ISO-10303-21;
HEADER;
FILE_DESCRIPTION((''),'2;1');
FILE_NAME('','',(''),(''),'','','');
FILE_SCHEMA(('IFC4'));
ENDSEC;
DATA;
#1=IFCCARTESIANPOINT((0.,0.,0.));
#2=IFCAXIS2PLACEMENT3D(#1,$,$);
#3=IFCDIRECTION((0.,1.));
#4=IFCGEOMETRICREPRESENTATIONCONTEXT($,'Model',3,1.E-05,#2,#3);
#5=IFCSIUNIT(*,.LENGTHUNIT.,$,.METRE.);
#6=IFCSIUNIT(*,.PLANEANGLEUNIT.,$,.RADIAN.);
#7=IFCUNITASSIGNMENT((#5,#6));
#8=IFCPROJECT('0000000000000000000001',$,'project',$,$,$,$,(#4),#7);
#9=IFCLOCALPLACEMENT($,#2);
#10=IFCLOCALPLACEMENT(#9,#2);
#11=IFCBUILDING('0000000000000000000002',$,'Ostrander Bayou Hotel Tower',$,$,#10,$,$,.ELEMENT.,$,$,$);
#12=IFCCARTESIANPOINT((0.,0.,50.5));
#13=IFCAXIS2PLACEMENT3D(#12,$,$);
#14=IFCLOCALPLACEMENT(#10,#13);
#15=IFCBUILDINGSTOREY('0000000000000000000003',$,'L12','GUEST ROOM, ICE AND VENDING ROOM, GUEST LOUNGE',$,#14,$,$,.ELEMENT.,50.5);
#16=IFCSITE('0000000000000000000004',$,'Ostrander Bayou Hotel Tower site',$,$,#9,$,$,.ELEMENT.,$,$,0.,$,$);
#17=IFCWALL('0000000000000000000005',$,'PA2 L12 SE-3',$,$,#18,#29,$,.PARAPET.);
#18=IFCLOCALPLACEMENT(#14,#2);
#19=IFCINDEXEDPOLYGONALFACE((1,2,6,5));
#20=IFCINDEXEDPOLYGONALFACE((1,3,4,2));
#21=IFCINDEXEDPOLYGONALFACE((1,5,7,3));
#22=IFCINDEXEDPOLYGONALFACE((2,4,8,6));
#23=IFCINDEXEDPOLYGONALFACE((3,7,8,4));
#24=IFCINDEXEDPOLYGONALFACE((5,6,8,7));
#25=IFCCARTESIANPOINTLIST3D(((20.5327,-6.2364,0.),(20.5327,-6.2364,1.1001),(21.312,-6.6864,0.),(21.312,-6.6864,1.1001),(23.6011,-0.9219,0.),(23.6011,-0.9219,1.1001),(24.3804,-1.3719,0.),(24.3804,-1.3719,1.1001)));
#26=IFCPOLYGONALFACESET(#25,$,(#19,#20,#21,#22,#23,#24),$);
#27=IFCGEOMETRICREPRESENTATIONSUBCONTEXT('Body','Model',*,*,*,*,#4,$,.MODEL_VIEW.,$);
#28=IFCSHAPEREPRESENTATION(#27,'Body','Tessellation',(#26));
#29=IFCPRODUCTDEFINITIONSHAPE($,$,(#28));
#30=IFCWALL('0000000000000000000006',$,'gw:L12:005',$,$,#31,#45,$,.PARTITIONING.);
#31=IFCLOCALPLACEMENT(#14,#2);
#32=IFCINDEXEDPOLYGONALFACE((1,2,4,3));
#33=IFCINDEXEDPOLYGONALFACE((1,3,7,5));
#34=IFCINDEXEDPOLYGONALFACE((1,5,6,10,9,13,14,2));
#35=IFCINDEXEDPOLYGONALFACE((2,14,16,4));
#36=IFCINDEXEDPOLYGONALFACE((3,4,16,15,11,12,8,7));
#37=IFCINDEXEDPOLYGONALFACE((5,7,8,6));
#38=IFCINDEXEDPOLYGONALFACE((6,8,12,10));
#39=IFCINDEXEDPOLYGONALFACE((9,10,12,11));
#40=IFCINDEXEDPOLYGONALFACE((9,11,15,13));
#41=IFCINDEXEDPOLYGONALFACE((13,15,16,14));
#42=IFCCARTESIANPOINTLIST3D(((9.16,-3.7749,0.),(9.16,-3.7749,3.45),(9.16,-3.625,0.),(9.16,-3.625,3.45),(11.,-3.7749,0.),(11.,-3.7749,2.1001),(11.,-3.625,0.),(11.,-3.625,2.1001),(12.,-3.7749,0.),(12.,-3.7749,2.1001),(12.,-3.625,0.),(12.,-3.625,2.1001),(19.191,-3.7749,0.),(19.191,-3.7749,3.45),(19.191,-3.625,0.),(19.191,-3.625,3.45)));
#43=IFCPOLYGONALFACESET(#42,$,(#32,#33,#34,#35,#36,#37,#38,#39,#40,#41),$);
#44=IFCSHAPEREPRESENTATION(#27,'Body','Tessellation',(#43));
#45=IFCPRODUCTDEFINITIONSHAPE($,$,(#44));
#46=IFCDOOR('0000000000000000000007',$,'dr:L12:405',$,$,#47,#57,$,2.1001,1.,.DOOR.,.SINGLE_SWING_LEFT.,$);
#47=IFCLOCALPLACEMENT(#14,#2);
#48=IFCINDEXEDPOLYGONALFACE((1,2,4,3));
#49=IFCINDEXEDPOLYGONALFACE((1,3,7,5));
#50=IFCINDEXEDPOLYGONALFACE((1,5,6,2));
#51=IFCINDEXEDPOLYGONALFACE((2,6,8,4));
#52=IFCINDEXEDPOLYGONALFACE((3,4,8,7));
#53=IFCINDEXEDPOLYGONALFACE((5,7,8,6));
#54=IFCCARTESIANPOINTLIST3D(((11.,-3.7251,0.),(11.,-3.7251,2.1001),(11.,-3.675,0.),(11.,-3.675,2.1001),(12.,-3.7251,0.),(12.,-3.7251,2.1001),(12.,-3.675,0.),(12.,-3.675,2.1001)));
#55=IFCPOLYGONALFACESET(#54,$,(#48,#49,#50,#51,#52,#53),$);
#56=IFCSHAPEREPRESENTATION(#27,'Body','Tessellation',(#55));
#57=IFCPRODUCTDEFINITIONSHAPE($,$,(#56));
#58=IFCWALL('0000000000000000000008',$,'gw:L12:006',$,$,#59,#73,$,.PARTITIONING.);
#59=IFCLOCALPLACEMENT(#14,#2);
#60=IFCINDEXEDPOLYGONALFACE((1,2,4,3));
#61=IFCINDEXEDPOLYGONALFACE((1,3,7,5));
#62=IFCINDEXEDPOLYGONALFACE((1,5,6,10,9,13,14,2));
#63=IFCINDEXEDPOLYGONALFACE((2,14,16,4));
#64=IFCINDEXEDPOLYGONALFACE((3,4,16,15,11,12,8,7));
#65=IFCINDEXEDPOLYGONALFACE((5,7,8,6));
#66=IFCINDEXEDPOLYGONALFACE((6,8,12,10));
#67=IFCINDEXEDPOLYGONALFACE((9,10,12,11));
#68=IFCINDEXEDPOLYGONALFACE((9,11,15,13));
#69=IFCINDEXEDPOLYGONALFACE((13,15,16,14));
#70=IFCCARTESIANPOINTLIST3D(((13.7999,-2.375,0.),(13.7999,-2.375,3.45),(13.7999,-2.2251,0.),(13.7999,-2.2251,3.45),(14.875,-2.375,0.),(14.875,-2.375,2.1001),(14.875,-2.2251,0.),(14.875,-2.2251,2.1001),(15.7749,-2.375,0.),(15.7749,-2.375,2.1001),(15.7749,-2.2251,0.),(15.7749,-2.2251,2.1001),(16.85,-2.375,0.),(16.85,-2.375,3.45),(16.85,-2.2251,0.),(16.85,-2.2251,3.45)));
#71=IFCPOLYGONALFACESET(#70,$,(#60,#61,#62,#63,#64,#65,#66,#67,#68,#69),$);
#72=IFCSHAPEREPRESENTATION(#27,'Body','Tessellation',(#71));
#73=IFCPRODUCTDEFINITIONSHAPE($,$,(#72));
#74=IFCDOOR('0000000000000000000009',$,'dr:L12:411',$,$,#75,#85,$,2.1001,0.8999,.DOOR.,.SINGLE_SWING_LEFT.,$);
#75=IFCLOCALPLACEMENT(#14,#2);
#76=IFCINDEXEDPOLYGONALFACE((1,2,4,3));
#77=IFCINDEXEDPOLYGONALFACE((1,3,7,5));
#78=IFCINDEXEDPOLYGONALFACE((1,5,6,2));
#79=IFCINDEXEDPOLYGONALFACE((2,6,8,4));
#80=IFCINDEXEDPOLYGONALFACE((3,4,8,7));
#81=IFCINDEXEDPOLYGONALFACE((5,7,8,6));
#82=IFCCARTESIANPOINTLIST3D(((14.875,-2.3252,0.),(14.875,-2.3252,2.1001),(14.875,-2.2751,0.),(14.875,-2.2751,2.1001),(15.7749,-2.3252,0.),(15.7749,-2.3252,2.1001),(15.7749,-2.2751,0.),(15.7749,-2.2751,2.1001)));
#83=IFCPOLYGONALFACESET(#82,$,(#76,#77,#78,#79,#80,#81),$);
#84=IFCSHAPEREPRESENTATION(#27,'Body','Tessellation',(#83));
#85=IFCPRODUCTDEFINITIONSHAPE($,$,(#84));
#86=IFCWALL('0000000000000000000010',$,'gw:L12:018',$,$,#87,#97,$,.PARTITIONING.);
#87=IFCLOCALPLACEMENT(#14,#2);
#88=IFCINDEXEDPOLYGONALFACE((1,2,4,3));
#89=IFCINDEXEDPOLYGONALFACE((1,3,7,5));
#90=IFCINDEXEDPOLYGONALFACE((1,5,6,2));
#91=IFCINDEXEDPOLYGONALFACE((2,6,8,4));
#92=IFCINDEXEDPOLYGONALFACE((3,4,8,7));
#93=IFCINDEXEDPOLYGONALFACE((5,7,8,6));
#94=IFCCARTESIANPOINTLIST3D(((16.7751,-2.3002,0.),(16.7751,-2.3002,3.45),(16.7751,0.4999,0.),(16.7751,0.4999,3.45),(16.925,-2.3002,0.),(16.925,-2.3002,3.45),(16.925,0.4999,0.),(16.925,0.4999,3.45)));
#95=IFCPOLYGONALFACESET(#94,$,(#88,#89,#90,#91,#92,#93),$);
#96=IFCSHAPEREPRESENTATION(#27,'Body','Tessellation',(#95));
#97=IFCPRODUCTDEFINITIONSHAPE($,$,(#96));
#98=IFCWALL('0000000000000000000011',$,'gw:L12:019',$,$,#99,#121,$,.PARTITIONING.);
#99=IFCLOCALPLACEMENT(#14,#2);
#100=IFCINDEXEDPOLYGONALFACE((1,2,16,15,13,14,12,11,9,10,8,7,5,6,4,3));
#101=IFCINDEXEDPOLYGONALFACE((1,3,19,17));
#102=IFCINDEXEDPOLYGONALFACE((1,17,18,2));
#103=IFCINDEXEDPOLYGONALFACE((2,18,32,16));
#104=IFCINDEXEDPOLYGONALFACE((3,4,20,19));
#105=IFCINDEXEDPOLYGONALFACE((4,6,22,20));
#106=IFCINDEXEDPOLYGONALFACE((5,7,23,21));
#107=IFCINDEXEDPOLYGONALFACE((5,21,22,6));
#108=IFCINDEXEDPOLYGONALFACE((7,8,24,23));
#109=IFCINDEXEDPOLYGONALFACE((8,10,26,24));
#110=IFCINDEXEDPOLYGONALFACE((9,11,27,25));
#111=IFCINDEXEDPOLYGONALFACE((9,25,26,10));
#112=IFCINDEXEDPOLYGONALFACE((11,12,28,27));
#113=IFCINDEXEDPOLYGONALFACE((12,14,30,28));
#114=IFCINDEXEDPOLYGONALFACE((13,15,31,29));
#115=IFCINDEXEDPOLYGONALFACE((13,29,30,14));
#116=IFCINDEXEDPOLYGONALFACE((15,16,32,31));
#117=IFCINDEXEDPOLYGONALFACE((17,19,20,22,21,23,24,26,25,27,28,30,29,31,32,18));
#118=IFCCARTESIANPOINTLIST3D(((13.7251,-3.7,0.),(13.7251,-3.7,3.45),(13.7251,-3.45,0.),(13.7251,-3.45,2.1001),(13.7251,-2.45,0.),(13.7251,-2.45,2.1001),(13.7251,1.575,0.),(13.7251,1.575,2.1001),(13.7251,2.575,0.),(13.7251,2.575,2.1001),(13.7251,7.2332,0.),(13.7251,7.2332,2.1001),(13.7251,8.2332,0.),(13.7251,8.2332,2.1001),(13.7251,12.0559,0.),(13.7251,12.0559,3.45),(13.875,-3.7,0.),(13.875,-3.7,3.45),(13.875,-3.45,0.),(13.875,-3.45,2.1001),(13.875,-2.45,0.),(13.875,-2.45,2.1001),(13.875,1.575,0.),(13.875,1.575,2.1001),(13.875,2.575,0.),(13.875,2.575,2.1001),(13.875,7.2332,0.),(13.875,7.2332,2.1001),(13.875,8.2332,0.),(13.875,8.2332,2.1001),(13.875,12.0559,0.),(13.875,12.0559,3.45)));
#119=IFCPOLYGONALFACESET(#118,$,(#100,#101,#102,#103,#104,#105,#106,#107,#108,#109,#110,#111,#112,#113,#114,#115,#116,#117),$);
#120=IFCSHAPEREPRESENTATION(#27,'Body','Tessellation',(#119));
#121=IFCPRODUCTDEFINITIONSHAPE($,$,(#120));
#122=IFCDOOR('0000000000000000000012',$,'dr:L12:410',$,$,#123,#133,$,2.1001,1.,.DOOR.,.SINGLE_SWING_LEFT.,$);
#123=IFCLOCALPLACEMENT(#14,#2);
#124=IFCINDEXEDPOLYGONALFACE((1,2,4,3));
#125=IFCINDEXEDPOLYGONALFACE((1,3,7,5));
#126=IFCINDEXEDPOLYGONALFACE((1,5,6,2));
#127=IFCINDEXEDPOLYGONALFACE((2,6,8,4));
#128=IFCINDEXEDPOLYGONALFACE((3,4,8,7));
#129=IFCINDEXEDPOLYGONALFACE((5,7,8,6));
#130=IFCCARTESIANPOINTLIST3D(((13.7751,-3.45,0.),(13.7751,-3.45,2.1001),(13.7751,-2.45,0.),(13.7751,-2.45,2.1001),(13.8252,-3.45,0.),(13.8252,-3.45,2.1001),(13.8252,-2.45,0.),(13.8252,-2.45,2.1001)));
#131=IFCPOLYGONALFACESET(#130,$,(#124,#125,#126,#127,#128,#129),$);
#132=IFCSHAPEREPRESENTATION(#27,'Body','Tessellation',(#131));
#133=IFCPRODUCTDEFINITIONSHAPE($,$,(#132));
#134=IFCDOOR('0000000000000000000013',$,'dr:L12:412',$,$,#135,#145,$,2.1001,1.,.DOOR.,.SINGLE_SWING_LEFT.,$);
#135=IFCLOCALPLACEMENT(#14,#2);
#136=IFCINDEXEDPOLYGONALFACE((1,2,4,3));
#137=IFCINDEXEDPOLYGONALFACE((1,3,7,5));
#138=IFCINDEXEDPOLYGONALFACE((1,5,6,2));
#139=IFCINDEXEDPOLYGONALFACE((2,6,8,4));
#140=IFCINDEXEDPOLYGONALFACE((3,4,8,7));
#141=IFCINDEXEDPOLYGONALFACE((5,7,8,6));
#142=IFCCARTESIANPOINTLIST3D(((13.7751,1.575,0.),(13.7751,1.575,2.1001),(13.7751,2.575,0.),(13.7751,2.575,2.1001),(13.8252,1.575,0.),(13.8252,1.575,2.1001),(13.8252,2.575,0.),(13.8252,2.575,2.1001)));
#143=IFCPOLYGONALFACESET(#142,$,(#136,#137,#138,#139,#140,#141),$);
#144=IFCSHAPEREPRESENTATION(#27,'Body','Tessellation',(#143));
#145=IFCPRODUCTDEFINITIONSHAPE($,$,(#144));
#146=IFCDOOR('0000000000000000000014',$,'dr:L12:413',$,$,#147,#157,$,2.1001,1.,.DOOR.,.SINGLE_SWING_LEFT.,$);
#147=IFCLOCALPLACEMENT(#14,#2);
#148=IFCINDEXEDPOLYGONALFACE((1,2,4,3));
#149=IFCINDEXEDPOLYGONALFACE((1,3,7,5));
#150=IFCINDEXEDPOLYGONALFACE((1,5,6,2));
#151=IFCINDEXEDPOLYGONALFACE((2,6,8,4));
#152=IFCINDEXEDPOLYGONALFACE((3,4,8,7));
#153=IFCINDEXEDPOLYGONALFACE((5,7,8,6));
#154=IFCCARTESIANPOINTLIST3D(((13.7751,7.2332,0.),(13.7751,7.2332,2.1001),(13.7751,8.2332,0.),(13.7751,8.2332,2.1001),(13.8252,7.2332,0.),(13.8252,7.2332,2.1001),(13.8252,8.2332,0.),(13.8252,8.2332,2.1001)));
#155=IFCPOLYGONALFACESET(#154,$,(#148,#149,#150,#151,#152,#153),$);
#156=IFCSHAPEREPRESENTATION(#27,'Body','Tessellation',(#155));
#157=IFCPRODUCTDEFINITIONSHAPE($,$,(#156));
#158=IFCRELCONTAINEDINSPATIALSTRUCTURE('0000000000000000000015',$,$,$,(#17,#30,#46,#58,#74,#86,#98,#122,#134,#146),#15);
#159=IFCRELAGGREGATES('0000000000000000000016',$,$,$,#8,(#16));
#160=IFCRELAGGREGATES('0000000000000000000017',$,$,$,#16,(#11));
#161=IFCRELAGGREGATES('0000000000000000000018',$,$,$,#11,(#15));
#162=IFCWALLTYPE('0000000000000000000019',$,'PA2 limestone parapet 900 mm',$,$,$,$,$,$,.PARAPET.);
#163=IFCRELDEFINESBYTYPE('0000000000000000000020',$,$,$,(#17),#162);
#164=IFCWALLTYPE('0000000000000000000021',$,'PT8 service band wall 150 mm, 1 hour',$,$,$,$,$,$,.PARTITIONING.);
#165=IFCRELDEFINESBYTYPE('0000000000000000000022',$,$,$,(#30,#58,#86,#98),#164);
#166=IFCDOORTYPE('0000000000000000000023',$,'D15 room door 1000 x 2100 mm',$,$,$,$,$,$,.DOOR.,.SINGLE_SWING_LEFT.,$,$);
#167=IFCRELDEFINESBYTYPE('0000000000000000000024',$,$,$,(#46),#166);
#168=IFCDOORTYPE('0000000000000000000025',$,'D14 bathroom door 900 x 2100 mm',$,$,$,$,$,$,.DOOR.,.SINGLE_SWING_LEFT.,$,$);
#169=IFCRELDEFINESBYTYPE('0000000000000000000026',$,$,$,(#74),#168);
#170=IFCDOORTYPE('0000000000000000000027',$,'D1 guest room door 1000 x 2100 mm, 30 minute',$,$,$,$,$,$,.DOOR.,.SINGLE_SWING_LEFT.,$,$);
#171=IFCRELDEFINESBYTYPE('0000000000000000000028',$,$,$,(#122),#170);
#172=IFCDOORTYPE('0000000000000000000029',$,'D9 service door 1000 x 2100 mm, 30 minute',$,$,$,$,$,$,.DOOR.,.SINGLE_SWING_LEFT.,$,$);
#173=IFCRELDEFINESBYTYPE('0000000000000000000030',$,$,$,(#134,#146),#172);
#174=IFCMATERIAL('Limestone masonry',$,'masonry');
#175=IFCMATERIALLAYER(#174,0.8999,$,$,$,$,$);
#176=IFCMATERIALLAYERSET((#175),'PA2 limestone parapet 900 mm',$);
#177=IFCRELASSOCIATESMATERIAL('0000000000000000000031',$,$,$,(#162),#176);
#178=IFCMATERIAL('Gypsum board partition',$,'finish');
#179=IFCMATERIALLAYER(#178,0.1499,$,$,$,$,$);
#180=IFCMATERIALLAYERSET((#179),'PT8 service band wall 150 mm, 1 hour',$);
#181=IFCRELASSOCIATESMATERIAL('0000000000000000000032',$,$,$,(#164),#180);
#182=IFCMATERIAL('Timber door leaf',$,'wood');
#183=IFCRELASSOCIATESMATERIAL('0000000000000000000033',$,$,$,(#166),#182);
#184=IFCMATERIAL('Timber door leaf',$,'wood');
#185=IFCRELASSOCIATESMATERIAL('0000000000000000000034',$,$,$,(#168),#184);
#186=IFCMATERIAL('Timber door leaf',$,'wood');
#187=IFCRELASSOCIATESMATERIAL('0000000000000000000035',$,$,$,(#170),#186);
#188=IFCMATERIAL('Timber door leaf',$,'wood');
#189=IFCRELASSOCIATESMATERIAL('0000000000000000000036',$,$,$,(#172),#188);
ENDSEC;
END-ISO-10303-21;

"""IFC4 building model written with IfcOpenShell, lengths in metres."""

from ifc_helpers import new_model, si_unit, direction, frame, frame_2d, origin, place, context, subcontext, project, spatial, rectangle, extrude, material, layer, layer_set, type_object, element, fill, save


model = new_model("IFC4")

# Units and contexts
model_context = context("Model", 3, precision=1e-05, world=origin(), true_north=direction((0.0, 1.0)))
body_context = subcontext(model_context, "Body", "Model", "MODEL_VIEW")
ifc_project = project(units=[si_unit("LENGTHUNIT", "METRE"), si_unit("PLANEANGLEUNIT", "RADIAN")], contexts=[model_context])

# Site, building, storey
site_placement = place(None, origin())
site = spatial("IfcSite", under=ifc_project, at=site_placement, Name="Ostrander Bayou Hotel Tower site", CompositionType="ELEMENT", RefElevation=0.0)
building_placement = place(site_placement, origin())
building = spatial("IfcBuilding", under=site, at=building_placement, Name="Ostrander Bayou Hotel Tower", CompositionType="ELEMENT")
storey_placement = place(building_placement, frame((0.0, 0.0, 50.5)))
storey = spatial("IfcBuildingStorey", under=building, at=storey_placement, Name="L12", Description="GUEST ROOM, ICE AND VENDING ROOM, GUEST LOUNGE", CompositionType="ELEMENT", Elevation=50.5)

# Wall
ifc_material_1 = material(Name="Limestone masonry", Category="masonry")
ifc_layer_1 = layer(ifc_material_1, 0.8999)
ifc_layer_set_1 = layer_set([ifc_layer_1], Name="PA2 limestone parapet 900 mm")
wall_type_1 = type_object("IfcWallType", Name="PA2 limestone parapet 900 mm", PredefinedType="PARAPET", material=ifc_layer_set_1)
wall_1_placement = place(storey_placement, frame((20.9224, -6.4614, 0.0), z_axis=(0.0, 0.0, 1.0), x_axis=(0.500007, 0.866021, 0.0)))
element("IfcWall", 1, at=wall_1_placement, inside=storey, type_object=wall_type_1, Name="PA2 L12 SE-3", PredefinedType="PARAPET", context=body_context, shape_type="SweptSolid", body=[
    extrude(rectangle(XDim=6.1367, YDim=0.8999, at=frame_2d((3.0684, 0.0))), origin(), (0.0, 0.0, 1.0), 1.1001),
])

# Walls, openings, doors
ifc_material_2 = material(Name="Gypsum board partition", Category="finish")
ifc_layer_2 = layer(ifc_material_2, 0.1499)
ifc_layer_set_2 = layer_set([ifc_layer_2], Name="PT8 service band wall 150 mm, 1 hour")
wall_type_2 = type_object("IfcWallType", Name="PT8 service band wall 150 mm, 1 hour", PredefinedType="PARTITIONING", material=ifc_layer_set_2)
wall_2_placement = place(storey_placement, frame((9.1599, -3.7, 0.0), z_axis=(0.0, 0.0, 1.0), x_axis=(1.0, 0.0, 0.0)))
wall_2 = element("IfcWall", 2, at=wall_2_placement, inside=storey, type_object=wall_type_2, Name="gw:L12:005", PredefinedType="PARTITIONING", context=body_context, shape_type="SweptSolid", body=[
    extrude(rectangle(XDim=10.031, YDim=0.1499, at=frame_2d((5.0156, 0.0))), origin(), (0.0, 0.0, 1.0), 3.45),
])
opening_1_placement = place(wall_2_placement, frame((1.8401, 0.0, 0.0)))
opening_1 = element("IfcOpeningElement", 3, at=opening_1_placement, cuts=wall_2, PredefinedType="OPENING", context=body_context, shape_type="SweptSolid", body=[
    extrude(rectangle(XDim=1.0, YDim=2.1001, at=frame_2d((0.5, 1.05))), frame((0.0, 0.075, 0.0), z_axis=(0.0, -1.0, 0.0), x_axis=(1.0, 0.0, 0.0)), (0.0, 0.0, 1.0), 0.1499),
])
ifc_material_3 = material(Name="Timber door leaf", Category="wood")
door_type_1 = type_object("IfcDoorType", Name="D15 room door 1000 x 2100 mm", OperationType="SINGLE_SWING_LEFT", PredefinedType="DOOR", material=ifc_material_3)
door_1_placement = place(opening_1_placement, origin())
door_1 = element("IfcDoor", 4, at=door_1_placement, inside=storey, type_object=door_type_1, Name="dr:L12:405", OperationType="SINGLE_SWING_LEFT", OverallHeight=2.1001, OverallWidth=1.0, PredefinedType="DOOR", context=body_context, shape_type="SweptSolid", body=[
    extrude(rectangle(XDim=1.0, YDim=2.1001, at=frame_2d((0.5, 1.05))), frame((0.0, 0.0249, 0.0), z_axis=(0.0, -1.0, 0.0), x_axis=(1.0, 0.0, 0.0)), (0.0, 0.0, 1.0), 0.05),
])
fill(opening_1, door_1)
wall_3_placement = place(storey_placement, frame((13.8, -2.3, 0.0), z_axis=(0.0, 0.0, 1.0), x_axis=(1.0, 0.0, 0.0)))
wall_3 = element("IfcWall", 5, at=wall_3_placement, inside=storey, type_object=wall_type_2, Name="gw:L12:006", PredefinedType="PARTITIONING", context=body_context, shape_type="SweptSolid", body=[
    extrude(rectangle(XDim=3.05, YDim=0.1499, at=frame_2d((1.5249, 0.0))), origin(), (0.0, 0.0, 1.0), 3.45),
])
opening_2_placement = place(wall_3_placement, frame((1.075, 0.0, 0.0)))
opening_2 = element("IfcOpeningElement", 6, at=opening_2_placement, cuts=wall_3, PredefinedType="OPENING", context=body_context, shape_type="SweptSolid", body=[
    extrude(rectangle(XDim=0.8999, YDim=2.1001, at=frame_2d((0.45, 1.05))), frame((0.0, 0.075, 0.0), z_axis=(0.0, -1.0, 0.0), x_axis=(1.0, 0.0, 0.0)), (0.0, 0.0, 1.0), 0.1499),
])
ifc_material_4 = material(Name="Timber door leaf", Category="wood")
door_type_2 = type_object("IfcDoorType", Name="D14 bathroom door 900 x 2100 mm", OperationType="SINGLE_SWING_LEFT", PredefinedType="DOOR", material=ifc_material_4)
door_2_placement = place(opening_2_placement, origin())
door_2 = element("IfcDoor", 7, at=door_2_placement, inside=storey, type_object=door_type_2, Name="dr:L12:411", OperationType="SINGLE_SWING_LEFT", OverallHeight=2.1001, OverallWidth=0.8999, PredefinedType="DOOR", context=body_context, shape_type="SweptSolid", body=[
    extrude(rectangle(XDim=0.8999, YDim=2.1001, at=frame_2d((0.45, 1.05))), frame((0.0, 0.0249, 0.0), z_axis=(0.0, -1.0, 0.0), x_axis=(1.0, 0.0, 0.0)), (0.0, 0.0, 1.0), 0.05),
])
fill(opening_2, door_2)

# Wall
wall_4_placement = place(storey_placement, frame((16.8501, -2.3, 0.0), z_axis=(0.0, 0.0, 1.0), x_axis=(0.0, 1.0, 0.0)))
element("IfcWall", 8, at=wall_4_placement, inside=storey, type_object=wall_type_2, Name="gw:L12:018", PredefinedType="PARTITIONING", context=body_context, shape_type="SweptSolid", body=[
    extrude(rectangle(XDim=2.8, YDim=0.1499, at=frame_2d((1.3999, 0.0))), origin(), (0.0, 0.0, 1.0), 3.45),
])

# Wall, openings, doors
wall_5_placement = place(storey_placement, frame((13.8, -3.7, 0.0), z_axis=(0.0, 0.0, 1.0), x_axis=(0.0, 1.0, 0.0)))
wall_5 = element("IfcWall", 9, at=wall_5_placement, inside=storey, type_object=wall_type_2, Name="gw:L12:019", PredefinedType="PARTITIONING", context=body_context, shape_type="SweptSolid", body=[
    extrude(rectangle(XDim=15.7559, YDim=0.1499, at=frame_2d((7.8779, 0.0))), origin(), (0.0, 0.0, 1.0), 3.45),
])
opening_3_placement = place(wall_5_placement, frame((0.25, 0.0, 0.0)))
opening_3 = element("IfcOpeningElement", 10, at=opening_3_placement, cuts=wall_5, PredefinedType="OPENING", context=body_context, shape_type="SweptSolid", body=[
    extrude(rectangle(XDim=1.0, YDim=2.1001, at=frame_2d((0.5, 1.05))), frame((0.0, 0.075, 0.0), z_axis=(0.0, -1.0, 0.0), x_axis=(1.0, 0.0, 0.0)), (0.0, 0.0, 1.0), 0.1499),
])
opening_4_placement = place(wall_5_placement, frame((5.2749, 0.0, 0.0)))
opening_4 = element("IfcOpeningElement", 11, at=opening_4_placement, cuts=wall_5, PredefinedType="OPENING", context=body_context, shape_type="SweptSolid", body=[
    extrude(rectangle(XDim=1.0, YDim=2.1001, at=frame_2d((0.5, 1.05))), frame((0.0, 0.075, 0.0), z_axis=(0.0, -1.0, 0.0), x_axis=(1.0, 0.0, 0.0)), (0.0, 0.0, 1.0), 0.1499),
])
opening_5_placement = place(wall_5_placement, frame((10.9331, 0.0, 0.0)))
opening_5 = element("IfcOpeningElement", 12, at=opening_5_placement, cuts=wall_5, PredefinedType="OPENING", context=body_context, shape_type="SweptSolid", body=[
    extrude(rectangle(XDim=1.0, YDim=2.1001, at=frame_2d((0.5, 1.05))), frame((0.0, 0.075, 0.0), z_axis=(0.0, -1.0, 0.0), x_axis=(1.0, 0.0, 0.0)), (0.0, 0.0, 1.0), 0.1499),
])
ifc_material_5 = material(Name="Timber door leaf", Category="wood")
door_type_3 = type_object("IfcDoorType", Name="D1 guest room door 1000 x 2100 mm, 30 minute", OperationType="SINGLE_SWING_LEFT", PredefinedType="DOOR", material=ifc_material_5)
door_3_placement = place(opening_3_placement, origin())
door_3 = element("IfcDoor", 13, at=door_3_placement, inside=storey, type_object=door_type_3, Name="dr:L12:410", OperationType="SINGLE_SWING_LEFT", OverallHeight=2.1001, OverallWidth=1.0, PredefinedType="DOOR", context=body_context, shape_type="SweptSolid", body=[
    extrude(rectangle(XDim=1.0, YDim=2.1001, at=frame_2d((0.5, 1.05))), frame((0.0, 0.0249, 0.0), z_axis=(0.0, -1.0, 0.0), x_axis=(1.0, 0.0, 0.0)), (0.0, 0.0, 1.0), 0.05),
])
fill(opening_3, door_3)
ifc_material_6 = material(Name="Timber door leaf", Category="wood")
door_type_4 = type_object("IfcDoorType", Name="D9 service door 1000 x 2100 mm, 30 minute", OperationType="SINGLE_SWING_LEFT", PredefinedType="DOOR", material=ifc_material_6)
door_4_placement = place(opening_4_placement, origin())
door_4 = element("IfcDoor", 14, at=door_4_placement, inside=storey, type_object=door_type_4, Name="dr:L12:412", OperationType="SINGLE_SWING_LEFT", OverallHeight=2.1001, OverallWidth=1.0, PredefinedType="DOOR", context=body_context, shape_type="SweptSolid", body=[
    extrude(rectangle(XDim=1.0, YDim=2.1001, at=frame_2d((0.5, 1.05))), frame((0.0, 0.0249, 0.0), z_axis=(0.0, -1.0, 0.0), x_axis=(1.0, 0.0, 0.0)), (0.0, 0.0, 1.0), 0.05),
])
fill(opening_4, door_4)
door_5_placement = place(opening_5_placement, origin())
door_5 = element("IfcDoor", 15, at=door_5_placement, inside=storey, type_object=door_type_4, Name="dr:L12:413", OperationType="SINGLE_SWING_LEFT", OverallHeight=2.1001, OverallWidth=1.0, PredefinedType="DOOR", context=body_context, shape_type="SweptSolid", body=[
    extrude(rectangle(XDim=1.0, YDim=2.1001, at=frame_2d((0.5, 1.05))), frame((0.0, 0.0249, 0.0), z_axis=(0.0, -1.0, 0.0), x_axis=(1.0, 0.0, 0.0)), (0.0, 0.0, 1.0), 0.05),
])
fill(opening_5, door_5)

save(model, "model.ifc")
